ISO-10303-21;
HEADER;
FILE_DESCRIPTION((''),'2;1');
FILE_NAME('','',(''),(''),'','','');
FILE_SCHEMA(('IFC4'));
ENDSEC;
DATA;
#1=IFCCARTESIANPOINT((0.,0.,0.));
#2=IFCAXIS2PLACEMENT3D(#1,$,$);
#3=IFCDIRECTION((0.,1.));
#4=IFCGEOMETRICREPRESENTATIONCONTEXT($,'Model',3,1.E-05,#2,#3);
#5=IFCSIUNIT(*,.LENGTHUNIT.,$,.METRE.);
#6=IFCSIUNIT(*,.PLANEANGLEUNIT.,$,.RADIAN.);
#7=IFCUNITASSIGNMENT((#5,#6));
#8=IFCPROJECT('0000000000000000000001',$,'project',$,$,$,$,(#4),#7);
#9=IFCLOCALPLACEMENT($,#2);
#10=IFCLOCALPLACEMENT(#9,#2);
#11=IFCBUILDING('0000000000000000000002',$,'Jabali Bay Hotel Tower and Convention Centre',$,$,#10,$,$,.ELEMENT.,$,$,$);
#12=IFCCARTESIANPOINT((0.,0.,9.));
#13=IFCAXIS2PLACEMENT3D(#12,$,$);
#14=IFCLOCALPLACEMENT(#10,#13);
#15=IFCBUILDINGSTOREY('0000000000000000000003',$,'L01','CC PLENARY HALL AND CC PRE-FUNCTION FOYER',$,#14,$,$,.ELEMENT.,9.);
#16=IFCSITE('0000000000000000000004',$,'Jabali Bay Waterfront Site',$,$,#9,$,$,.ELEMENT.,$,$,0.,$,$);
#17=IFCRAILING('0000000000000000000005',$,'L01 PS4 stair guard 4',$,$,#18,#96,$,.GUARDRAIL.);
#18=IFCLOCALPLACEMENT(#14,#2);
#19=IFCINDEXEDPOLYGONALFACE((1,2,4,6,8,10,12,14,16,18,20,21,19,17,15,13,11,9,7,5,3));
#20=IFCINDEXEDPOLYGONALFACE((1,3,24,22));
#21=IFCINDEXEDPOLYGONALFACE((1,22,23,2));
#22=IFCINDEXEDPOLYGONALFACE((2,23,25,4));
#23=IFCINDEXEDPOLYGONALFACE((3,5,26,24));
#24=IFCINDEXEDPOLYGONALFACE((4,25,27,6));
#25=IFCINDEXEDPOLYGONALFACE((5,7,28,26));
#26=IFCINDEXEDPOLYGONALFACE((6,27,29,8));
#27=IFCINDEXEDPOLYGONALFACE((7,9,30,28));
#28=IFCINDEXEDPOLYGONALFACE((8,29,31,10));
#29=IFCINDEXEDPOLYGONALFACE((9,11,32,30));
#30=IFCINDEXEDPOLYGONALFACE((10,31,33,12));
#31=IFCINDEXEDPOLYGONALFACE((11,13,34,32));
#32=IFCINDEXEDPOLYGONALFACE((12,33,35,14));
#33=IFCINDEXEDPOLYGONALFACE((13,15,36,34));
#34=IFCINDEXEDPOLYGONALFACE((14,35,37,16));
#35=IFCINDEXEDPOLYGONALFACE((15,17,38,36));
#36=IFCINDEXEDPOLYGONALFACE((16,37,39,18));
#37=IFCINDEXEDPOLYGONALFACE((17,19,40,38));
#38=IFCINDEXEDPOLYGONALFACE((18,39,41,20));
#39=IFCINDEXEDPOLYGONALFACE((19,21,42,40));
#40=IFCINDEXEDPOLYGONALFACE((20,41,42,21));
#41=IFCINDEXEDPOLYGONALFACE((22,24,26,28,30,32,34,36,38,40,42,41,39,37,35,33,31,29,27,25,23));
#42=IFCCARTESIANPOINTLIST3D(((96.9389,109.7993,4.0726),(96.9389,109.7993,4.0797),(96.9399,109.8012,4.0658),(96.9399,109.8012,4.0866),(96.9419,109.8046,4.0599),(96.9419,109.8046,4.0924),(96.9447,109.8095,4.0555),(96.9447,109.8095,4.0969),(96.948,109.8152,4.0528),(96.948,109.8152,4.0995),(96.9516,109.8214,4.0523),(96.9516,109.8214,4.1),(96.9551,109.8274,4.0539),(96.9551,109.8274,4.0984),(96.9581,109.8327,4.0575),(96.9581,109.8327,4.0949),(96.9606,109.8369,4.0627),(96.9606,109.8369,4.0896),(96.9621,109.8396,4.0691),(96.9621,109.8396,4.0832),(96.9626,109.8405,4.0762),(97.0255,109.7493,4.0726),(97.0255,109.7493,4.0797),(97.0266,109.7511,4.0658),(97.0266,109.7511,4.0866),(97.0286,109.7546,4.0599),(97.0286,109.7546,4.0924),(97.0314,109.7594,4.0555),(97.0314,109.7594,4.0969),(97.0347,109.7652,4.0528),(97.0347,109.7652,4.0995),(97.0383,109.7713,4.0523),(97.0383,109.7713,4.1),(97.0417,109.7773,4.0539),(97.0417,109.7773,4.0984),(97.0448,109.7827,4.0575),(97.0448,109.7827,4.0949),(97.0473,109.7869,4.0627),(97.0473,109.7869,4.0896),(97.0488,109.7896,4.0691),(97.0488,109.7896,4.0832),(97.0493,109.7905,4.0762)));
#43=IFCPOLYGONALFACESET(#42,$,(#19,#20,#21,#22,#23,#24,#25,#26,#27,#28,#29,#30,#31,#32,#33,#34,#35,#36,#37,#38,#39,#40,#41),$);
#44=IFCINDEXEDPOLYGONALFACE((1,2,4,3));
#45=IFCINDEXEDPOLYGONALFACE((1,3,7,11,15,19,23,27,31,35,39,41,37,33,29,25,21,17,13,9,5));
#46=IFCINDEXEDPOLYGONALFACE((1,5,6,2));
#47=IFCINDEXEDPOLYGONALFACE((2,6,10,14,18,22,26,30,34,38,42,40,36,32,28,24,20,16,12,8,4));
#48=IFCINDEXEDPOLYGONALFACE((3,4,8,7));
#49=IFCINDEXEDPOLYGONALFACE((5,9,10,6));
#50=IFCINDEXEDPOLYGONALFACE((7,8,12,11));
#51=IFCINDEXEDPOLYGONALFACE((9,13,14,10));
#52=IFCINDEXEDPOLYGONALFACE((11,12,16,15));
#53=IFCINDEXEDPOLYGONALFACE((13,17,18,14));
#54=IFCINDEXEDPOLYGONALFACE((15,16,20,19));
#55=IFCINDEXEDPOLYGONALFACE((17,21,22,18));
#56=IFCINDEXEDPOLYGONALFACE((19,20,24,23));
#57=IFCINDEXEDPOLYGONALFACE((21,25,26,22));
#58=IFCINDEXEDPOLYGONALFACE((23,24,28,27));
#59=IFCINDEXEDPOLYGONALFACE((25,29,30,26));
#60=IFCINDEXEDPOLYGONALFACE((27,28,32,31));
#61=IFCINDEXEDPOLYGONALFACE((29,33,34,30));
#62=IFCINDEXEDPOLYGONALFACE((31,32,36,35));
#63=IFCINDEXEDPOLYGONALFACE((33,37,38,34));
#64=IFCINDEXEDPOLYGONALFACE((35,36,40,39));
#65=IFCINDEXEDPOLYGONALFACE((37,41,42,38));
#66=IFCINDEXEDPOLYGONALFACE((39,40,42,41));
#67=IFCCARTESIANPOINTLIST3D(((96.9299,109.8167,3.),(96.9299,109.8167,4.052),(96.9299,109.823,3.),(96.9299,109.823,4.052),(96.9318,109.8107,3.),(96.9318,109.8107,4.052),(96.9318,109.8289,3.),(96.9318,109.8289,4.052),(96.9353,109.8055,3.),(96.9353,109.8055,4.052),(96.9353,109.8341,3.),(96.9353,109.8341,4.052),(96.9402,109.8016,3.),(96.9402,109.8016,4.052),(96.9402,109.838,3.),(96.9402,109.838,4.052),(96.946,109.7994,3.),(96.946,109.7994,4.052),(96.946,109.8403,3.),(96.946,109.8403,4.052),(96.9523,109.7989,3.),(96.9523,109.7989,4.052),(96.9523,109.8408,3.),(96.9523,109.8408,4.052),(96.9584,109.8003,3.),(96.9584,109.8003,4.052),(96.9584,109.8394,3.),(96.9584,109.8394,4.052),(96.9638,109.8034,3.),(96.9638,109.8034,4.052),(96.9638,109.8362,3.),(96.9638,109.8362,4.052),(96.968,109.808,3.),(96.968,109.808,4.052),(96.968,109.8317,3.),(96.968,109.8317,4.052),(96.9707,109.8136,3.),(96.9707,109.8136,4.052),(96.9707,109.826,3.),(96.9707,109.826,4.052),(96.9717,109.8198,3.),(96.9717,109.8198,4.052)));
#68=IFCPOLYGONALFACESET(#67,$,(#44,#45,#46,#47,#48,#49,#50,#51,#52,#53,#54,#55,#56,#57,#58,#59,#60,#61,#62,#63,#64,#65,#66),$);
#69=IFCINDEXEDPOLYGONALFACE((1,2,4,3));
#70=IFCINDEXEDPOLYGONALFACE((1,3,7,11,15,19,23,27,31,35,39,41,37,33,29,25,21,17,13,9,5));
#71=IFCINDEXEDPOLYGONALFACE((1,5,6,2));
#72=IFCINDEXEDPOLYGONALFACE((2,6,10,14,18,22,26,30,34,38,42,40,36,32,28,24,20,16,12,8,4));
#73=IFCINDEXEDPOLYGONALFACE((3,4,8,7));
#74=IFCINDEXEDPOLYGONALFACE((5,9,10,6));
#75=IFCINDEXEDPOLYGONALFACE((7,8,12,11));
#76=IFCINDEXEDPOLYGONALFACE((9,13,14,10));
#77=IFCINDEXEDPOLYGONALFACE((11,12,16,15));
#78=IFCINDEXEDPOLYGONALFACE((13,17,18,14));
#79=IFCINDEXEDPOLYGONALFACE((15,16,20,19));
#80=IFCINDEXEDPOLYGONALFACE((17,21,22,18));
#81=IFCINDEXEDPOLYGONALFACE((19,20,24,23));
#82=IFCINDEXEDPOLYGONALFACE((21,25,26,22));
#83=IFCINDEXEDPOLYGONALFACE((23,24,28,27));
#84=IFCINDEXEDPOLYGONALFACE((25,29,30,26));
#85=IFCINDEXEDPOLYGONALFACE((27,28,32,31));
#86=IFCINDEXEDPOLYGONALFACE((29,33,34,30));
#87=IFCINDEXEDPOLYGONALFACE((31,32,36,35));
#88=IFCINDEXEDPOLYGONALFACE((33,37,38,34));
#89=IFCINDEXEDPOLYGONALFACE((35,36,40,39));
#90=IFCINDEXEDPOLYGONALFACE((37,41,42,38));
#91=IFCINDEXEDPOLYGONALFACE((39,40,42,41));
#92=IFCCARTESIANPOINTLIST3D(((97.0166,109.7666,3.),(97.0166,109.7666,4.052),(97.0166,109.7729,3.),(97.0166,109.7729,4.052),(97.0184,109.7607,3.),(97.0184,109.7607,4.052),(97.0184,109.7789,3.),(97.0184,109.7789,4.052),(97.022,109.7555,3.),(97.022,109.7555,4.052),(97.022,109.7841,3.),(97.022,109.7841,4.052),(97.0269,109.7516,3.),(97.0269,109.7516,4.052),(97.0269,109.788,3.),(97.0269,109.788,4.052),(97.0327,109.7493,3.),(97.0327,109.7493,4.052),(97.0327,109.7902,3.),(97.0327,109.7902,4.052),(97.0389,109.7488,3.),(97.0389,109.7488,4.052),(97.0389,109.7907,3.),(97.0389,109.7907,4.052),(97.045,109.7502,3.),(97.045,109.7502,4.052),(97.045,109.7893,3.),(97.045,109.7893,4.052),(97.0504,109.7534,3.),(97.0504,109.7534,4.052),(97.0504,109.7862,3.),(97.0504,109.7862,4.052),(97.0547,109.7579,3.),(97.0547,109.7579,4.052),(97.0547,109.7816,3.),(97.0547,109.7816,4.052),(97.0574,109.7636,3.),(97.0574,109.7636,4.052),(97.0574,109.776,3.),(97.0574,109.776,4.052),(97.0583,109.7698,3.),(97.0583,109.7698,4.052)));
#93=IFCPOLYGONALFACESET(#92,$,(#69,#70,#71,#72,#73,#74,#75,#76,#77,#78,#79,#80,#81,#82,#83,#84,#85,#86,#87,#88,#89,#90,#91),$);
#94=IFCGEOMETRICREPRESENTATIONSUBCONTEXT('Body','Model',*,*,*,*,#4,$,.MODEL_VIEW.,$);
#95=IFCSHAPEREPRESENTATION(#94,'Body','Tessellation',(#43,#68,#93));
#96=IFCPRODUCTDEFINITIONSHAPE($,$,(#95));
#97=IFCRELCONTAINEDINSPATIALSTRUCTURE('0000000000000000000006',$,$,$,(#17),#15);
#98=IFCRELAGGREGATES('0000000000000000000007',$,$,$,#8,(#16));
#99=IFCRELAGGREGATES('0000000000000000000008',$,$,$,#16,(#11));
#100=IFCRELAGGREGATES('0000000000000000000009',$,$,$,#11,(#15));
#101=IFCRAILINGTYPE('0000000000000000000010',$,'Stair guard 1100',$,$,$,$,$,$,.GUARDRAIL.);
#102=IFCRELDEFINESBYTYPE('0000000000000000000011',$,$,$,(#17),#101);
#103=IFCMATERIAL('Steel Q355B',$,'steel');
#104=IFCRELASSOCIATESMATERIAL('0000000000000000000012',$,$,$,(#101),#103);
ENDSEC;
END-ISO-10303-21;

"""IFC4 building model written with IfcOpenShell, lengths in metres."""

from ifc_helpers import new_model, si_unit, direction, frame, origin, origin_2d, place, context, subcontext, project, spatial, circle, extrude, material, type_object, element, save


model = new_model("IFC4")

# Units and contexts
model_context = context("Model", 3, precision=1e-05, world=origin(), true_north=direction((0.0, 1.0)))
body_context = subcontext(model_context, "Body", "Model", "MODEL_VIEW")
ifc_project = project(units=[si_unit("LENGTHUNIT", "METRE"), si_unit("PLANEANGLEUNIT", "RADIAN")], contexts=[model_context])

# Site, building, storey
site_placement = place(None, origin())
site = spatial("IfcSite", under=ifc_project, at=site_placement, Name="Jabali Bay Waterfront Site", CompositionType="ELEMENT", RefElevation=0.0)
building_placement = place(site_placement, origin())
building = spatial("IfcBuilding", under=site, at=building_placement, Name="Jabali Bay Hotel Tower and Convention Centre", CompositionType="ELEMENT")
storey_placement = place(building_placement, frame((0.0, 0.0, 9.0)))
storey = spatial("IfcBuildingStorey", under=building, at=storey_placement, Name="L01", Description="CC PLENARY HALL AND CC PRE-FUNCTION FOYER", CompositionType="ELEMENT", Elevation=9.0)

# Railing
ifc_material_1 = material(Name="Steel Q355B", Category="steel")
railing_type_1 = type_object("IfcRailingType", Name="Stair guard 1100", PredefinedType="GUARDRAIL", material=ifc_material_1)
railing_1_placement = place(storey_placement, frame((96.9507, 109.8198, 3.0)))
element("IfcRailing", 1, at=railing_1_placement, inside=storey, type_object=railing_type_1, Name="L01 PS4 stair guard 4", PredefinedType="GUARDRAIL", context=body_context, shape_type="SweptSolid", body=[
    extrude(circle(Radius=0.0239, at=origin_2d()), frame((0.0, 0.0, 1.0762), z_axis=(0.865982, -0.500074, 0.0), x_axis=(0.500074, 0.865982, 0.0)), (0.0, 0.0, 1.0), 0.1001),
    extrude(circle(Radius=0.021, at=origin_2d()), origin(), (0.0, 0.0, 1.0), 1.052),
    extrude(circle(Radius=0.021, at=origin_2d()), frame((0.0867, -0.05, 0.0)), (0.0, 0.0, 1.0), 1.052),
])

save(model, "model.ifc")
